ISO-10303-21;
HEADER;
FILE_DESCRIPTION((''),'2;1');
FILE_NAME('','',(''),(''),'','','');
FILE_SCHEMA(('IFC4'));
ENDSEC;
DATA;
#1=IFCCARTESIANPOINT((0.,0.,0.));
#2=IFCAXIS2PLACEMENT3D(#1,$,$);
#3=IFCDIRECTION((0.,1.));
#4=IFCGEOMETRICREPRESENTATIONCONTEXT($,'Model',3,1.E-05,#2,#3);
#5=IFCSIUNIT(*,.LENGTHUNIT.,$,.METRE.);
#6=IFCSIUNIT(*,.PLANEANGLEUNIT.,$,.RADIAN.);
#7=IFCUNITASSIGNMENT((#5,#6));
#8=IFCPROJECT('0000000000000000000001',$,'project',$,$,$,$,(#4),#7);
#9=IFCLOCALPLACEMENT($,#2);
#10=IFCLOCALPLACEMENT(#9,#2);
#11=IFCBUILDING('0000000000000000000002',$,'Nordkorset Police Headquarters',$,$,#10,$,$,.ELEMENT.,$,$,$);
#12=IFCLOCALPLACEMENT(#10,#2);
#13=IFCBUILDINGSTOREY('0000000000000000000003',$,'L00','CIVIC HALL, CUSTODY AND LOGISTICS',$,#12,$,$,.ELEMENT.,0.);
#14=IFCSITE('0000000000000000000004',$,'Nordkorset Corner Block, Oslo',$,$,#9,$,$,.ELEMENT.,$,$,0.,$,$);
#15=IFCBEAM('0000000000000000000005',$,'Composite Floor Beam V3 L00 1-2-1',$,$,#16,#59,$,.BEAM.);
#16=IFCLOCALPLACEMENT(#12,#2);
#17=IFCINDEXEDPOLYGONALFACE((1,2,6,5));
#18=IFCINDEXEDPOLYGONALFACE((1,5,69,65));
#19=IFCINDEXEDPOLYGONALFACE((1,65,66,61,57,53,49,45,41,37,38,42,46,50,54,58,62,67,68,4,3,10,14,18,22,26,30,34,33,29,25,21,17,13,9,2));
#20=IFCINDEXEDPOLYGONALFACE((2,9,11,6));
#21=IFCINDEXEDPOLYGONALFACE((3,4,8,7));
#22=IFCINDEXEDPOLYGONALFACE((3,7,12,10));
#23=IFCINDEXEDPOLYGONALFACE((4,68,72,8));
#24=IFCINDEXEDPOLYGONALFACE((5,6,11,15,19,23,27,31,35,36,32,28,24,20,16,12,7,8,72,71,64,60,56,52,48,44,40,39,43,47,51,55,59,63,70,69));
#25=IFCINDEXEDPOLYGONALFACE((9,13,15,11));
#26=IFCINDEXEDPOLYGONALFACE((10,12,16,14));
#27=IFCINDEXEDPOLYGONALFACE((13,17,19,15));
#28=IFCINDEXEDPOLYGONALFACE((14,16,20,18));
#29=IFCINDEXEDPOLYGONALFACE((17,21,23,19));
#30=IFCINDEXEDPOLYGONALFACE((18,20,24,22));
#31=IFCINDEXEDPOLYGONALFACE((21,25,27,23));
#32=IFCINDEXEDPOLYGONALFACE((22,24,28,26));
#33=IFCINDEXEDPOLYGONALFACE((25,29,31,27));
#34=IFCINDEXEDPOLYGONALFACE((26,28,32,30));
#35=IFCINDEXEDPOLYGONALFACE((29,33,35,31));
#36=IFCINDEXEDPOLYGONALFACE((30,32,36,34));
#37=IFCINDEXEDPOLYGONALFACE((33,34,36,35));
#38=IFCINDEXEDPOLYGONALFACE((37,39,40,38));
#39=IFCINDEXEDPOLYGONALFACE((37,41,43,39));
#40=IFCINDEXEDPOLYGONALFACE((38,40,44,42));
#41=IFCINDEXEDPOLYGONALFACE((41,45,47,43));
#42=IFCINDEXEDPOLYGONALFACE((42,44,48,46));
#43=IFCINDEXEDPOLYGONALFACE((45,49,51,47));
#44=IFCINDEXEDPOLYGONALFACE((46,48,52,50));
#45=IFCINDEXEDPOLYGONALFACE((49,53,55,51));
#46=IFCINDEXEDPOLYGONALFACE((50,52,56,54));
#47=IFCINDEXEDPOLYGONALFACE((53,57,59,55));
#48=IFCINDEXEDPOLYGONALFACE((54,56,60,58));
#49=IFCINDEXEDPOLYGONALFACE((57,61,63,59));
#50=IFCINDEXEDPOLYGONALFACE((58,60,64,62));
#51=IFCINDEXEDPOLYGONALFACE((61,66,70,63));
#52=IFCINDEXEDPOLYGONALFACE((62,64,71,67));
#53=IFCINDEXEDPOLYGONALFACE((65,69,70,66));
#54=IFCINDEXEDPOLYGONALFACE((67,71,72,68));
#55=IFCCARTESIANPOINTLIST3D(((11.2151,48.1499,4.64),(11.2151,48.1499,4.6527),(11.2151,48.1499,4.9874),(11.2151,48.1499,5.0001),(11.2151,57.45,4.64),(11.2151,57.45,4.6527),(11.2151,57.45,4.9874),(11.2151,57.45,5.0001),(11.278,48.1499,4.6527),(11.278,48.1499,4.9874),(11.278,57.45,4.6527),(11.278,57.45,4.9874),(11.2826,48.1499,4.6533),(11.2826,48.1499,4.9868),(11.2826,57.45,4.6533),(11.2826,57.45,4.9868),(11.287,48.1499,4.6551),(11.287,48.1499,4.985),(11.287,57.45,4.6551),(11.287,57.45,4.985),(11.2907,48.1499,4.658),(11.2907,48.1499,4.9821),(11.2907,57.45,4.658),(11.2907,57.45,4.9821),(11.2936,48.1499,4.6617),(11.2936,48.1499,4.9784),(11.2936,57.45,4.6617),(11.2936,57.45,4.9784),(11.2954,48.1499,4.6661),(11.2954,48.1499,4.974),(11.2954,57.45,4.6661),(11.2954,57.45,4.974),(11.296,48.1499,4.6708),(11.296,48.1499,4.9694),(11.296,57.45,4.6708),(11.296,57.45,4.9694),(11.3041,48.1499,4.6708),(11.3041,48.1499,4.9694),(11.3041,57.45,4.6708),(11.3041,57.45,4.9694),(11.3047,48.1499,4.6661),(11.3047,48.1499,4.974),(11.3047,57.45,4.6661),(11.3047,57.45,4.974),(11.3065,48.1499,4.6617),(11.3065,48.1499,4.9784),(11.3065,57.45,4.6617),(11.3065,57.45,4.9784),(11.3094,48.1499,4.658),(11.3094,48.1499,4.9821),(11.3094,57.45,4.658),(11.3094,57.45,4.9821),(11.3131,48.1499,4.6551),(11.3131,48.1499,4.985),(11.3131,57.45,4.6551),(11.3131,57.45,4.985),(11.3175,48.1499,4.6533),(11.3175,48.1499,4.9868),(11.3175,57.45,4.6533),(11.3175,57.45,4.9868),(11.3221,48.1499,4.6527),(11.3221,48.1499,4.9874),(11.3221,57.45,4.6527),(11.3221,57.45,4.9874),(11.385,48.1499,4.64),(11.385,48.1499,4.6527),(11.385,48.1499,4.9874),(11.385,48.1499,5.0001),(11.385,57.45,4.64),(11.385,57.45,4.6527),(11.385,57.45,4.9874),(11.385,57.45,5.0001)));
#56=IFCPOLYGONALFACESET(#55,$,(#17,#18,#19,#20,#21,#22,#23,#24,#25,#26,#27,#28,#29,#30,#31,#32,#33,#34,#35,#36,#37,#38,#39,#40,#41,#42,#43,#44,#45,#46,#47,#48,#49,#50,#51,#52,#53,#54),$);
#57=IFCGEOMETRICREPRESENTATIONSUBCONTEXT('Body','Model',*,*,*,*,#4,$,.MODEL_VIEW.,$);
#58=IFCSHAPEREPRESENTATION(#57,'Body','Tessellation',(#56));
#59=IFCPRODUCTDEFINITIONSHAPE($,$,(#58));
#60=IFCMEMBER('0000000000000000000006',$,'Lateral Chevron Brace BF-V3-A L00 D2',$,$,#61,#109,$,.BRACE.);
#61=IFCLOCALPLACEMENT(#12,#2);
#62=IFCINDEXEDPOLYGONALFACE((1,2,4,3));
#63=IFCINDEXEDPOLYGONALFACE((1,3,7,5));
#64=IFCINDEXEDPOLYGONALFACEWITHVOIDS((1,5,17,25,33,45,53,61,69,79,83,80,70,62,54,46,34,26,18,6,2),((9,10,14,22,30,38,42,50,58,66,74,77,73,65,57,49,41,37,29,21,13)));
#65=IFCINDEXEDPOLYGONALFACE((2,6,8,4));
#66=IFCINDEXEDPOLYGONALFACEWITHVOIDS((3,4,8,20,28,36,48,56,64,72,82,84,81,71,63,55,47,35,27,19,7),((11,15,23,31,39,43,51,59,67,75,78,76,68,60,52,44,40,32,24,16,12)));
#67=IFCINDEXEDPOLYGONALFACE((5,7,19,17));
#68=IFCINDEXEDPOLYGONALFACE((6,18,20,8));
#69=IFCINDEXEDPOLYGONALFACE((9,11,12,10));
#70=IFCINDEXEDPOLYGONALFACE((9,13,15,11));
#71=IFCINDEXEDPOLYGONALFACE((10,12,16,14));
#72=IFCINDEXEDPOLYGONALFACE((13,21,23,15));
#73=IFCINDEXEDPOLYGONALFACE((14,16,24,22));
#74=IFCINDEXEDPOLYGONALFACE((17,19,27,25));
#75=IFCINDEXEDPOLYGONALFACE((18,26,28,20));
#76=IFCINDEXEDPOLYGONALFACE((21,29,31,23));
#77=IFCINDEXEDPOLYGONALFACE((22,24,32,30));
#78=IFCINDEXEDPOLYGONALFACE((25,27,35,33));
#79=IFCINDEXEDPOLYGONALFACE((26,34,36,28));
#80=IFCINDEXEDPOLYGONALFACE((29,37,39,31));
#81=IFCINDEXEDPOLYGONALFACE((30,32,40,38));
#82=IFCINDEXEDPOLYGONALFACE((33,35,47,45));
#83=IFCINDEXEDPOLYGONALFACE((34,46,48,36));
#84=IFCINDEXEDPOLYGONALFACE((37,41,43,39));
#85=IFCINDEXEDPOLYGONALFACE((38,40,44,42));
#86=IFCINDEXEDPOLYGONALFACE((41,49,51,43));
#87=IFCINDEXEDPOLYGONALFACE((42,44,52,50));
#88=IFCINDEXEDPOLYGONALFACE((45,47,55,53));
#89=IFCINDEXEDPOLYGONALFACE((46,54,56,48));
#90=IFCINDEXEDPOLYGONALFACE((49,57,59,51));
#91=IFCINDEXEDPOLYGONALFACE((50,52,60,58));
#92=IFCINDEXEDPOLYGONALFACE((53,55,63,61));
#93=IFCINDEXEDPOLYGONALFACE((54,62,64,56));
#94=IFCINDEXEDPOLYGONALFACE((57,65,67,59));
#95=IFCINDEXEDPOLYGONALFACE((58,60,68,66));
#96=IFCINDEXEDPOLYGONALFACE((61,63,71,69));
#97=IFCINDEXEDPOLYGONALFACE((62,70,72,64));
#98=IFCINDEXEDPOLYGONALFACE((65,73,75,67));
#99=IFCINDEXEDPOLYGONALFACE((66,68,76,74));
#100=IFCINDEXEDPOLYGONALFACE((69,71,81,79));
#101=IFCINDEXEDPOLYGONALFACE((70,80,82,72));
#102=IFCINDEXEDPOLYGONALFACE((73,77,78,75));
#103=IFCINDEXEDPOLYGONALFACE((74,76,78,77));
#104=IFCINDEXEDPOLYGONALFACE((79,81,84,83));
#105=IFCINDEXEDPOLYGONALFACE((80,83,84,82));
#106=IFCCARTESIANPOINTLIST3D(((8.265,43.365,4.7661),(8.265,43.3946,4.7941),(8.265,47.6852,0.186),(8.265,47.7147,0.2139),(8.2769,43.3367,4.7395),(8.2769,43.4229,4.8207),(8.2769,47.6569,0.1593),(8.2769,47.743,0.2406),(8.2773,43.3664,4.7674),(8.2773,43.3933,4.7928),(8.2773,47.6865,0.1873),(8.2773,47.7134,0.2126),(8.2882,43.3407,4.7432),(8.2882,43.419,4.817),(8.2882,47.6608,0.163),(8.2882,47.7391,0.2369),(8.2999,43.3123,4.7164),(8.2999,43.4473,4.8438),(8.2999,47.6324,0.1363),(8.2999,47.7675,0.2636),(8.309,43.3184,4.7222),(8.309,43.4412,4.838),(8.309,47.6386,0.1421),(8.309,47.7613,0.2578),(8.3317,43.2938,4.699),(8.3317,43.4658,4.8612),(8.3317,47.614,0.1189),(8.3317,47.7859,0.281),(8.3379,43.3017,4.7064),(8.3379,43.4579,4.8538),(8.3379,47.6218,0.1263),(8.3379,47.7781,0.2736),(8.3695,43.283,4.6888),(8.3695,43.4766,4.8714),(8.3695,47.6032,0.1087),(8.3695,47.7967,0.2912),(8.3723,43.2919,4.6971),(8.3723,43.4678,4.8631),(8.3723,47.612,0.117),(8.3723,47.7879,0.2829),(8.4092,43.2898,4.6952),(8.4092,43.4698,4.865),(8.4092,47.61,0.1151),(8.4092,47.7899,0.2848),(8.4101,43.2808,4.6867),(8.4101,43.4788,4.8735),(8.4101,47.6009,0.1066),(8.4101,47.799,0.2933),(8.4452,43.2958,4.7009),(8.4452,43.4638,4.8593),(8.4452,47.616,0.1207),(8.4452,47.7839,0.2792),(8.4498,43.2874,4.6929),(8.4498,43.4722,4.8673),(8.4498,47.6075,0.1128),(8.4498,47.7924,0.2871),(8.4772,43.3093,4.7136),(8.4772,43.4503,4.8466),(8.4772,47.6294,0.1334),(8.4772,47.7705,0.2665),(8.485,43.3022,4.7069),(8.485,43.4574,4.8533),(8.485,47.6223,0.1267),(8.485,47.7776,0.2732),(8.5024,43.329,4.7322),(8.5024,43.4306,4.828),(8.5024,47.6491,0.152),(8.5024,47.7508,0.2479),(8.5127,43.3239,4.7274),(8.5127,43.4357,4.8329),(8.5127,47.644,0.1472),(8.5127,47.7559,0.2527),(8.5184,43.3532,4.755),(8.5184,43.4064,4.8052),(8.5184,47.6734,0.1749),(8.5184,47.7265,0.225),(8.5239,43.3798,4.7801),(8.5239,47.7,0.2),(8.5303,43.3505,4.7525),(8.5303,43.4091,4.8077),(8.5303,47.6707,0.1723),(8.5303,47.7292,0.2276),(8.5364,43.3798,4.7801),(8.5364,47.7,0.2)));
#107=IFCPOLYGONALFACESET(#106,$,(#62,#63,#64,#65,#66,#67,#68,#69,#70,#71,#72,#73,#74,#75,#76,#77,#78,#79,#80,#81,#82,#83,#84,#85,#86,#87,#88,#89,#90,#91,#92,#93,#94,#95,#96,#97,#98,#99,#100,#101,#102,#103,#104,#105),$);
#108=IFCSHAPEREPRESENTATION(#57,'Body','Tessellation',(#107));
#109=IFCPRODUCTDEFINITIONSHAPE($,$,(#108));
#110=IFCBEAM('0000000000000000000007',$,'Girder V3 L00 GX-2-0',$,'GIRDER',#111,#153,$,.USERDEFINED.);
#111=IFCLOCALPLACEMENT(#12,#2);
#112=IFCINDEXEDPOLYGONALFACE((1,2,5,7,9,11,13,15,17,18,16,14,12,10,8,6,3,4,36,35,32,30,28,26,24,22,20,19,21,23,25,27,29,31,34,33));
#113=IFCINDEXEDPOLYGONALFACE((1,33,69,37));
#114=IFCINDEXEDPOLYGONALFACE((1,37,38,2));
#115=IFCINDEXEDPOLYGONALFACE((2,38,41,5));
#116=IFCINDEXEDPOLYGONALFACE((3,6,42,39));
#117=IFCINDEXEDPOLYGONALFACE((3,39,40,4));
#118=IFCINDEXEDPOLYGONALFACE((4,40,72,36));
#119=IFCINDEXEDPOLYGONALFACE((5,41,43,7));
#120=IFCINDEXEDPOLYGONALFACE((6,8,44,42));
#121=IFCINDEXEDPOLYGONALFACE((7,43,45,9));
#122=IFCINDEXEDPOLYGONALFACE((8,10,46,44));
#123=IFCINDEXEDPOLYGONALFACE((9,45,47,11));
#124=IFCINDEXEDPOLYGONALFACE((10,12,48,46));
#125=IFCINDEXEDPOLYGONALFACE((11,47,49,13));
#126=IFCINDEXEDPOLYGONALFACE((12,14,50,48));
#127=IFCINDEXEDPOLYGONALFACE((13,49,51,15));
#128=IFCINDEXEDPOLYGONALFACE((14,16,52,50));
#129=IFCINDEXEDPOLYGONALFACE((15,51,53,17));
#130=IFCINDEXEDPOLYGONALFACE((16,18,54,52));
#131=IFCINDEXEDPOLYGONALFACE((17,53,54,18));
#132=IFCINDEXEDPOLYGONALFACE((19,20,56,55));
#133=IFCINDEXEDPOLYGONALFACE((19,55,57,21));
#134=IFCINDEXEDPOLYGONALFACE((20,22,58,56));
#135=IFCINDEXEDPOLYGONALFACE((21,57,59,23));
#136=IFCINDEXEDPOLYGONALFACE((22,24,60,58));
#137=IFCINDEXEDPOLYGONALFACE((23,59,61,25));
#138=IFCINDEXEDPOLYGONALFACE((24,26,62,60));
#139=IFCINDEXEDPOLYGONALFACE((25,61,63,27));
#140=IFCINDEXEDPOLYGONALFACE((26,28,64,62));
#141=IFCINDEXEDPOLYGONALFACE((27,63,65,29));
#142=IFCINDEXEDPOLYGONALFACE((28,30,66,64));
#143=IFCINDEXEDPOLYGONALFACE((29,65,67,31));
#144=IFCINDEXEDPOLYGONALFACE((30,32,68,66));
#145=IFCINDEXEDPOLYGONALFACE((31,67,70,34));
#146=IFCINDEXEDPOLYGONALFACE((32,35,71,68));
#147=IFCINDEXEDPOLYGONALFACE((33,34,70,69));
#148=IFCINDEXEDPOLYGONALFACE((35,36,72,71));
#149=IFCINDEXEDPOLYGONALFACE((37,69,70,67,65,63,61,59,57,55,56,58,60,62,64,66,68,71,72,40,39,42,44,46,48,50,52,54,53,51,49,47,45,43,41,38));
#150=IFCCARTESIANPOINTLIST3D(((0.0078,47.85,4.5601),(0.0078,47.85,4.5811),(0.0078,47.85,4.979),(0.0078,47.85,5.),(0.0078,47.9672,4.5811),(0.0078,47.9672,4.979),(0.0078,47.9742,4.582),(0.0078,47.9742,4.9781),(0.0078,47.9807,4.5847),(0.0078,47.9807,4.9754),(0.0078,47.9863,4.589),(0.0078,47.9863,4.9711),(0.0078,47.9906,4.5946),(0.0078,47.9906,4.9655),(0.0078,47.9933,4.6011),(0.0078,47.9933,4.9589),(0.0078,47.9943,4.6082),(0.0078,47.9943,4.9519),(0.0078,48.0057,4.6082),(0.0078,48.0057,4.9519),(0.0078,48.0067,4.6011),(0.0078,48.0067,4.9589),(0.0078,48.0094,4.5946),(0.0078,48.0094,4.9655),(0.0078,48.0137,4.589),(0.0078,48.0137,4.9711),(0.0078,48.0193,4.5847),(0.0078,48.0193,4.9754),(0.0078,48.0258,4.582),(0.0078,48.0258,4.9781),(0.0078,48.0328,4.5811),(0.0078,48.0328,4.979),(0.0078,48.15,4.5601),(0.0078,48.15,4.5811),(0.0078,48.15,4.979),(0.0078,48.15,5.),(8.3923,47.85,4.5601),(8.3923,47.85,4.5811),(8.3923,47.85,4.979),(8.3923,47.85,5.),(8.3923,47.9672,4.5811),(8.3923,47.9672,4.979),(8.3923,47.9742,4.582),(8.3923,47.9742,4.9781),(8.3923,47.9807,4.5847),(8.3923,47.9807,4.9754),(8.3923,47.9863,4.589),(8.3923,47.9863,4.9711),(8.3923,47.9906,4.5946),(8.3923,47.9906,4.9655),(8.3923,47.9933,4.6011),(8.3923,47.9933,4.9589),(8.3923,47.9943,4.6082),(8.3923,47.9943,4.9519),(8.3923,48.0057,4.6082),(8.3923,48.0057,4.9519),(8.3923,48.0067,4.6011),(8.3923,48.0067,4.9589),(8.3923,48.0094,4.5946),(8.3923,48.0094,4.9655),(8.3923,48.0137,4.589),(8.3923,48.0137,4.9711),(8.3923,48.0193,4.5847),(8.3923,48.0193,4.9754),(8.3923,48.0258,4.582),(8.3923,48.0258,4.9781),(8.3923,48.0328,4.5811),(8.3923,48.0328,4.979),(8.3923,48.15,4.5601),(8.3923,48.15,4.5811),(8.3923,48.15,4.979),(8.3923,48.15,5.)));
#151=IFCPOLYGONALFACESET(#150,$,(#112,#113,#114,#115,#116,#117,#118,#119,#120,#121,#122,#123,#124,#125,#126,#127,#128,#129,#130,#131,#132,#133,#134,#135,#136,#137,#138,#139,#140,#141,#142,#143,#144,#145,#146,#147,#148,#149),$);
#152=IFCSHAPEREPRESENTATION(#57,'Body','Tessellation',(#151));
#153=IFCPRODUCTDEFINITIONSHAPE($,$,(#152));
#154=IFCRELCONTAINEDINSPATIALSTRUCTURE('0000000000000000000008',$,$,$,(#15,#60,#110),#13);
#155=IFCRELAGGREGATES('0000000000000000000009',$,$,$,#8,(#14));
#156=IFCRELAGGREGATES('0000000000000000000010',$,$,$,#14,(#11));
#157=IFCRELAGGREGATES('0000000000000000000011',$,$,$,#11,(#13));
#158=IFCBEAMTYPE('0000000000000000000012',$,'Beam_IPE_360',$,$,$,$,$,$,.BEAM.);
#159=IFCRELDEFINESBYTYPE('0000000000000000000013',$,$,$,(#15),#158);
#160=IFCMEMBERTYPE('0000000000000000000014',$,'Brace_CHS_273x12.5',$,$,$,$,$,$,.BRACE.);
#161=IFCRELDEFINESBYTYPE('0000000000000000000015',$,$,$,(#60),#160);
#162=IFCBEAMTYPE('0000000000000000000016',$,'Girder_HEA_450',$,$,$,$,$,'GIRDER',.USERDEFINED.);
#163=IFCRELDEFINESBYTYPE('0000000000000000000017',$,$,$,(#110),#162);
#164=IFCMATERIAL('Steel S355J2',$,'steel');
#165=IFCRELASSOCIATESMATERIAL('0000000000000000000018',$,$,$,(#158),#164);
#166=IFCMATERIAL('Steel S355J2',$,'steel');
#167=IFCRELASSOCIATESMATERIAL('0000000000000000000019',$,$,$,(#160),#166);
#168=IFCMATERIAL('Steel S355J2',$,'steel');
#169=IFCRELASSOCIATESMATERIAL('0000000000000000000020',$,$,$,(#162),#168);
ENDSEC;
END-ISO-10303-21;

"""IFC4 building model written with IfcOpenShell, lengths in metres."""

from ifc_helpers import new_model, si_unit, direction, frame, origin, origin_2d, place, context, subcontext, project, spatial, hollow_circle, i_section, extrude, material, material_profile, profile_set, type_object, element, save


model = new_model("IFC4")

# Units and contexts
model_context = context("Model", 3, precision=1e-05, world=origin(), true_north=direction((0.0, 1.0)))
body_context = subcontext(model_context, "Body", "Model", "MODEL_VIEW")
ifc_project = project(units=[si_unit("LENGTHUNIT", "METRE"), si_unit("PLANEANGLEUNIT", "RADIAN")], contexts=[model_context])

# Site, building, storey
site_placement = place(None, origin())
site = spatial("IfcSite", under=ifc_project, at=site_placement, Name="Nordkorset Corner Block, Oslo", CompositionType="ELEMENT", RefElevation=0.0)
building_placement = place(site_placement, origin())
building = spatial("IfcBuilding", under=site, at=building_placement, Name="Nordkorset Police Headquarters", CompositionType="ELEMENT")
storey_placement = place(building_placement, origin())
storey = spatial("IfcBuildingStorey", under=building, at=storey_placement, Name="L00", Description="CIVIC HALL, CUSTODY AND LOGISTICS", CompositionType="ELEMENT", Elevation=0.0)

# Beam
ifc_material_1 = material(Name="Steel S355J2", Category="steel")
ifc_material_profile_1 = material_profile(ifc_material_1, i_section(OverallWidth=0.1699, OverallDepth=0.3601, WebThickness=0.0081, FlangeThickness=0.0127, FilletRadius=0.0181, at=origin_2d()), Name="IPE 360")
ifc_profile_set_1 = profile_set([ifc_material_profile_1], Name="Steel S355J2")
beam_type_1 = type_object("IfcBeamType", Name="Beam_IPE_360", PredefinedType="BEAM", material=ifc_profile_set_1)
for number, where, z_axis, x_axis, name in (
    (1, (11.3, 48.1499, 4.8201), (0.0, 1.0, 0.0), (-1.0, 0.0, 0.0), "Composite Floor Beam V3 L00 1-2-1"),
):
    element("IfcBeam", number, at=place(storey_placement, frame(where, z_axis=z_axis, x_axis=x_axis)), inside=storey, type_object=beam_type_1, Name=name, PredefinedType="BEAM", context=body_context, shape_type="SweptSolid", body=[
        extrude(i_section(OverallWidth=0.1699, OverallDepth=0.3601, WebThickness=0.0081, FlangeThickness=0.0127, FilletRadius=0.0181, at=origin_2d()), origin(), (0.0, 0.0, 1.0), 9.3),
    ])

# Member
ifc_material_2 = material(Name="Steel S355J2", Category="steel")
ifc_material_profile_2 = material_profile(ifc_material_2, hollow_circle(Radius=0.1365, WallThickness=0.0125, at=origin_2d()), Name="CHS 273x12.5")
ifc_profile_set_2 = profile_set([ifc_material_profile_2], Name="Steel S355J2")
member_type = type_object("IfcMemberType", Name="Brace_CHS_273x12.5", PredefinedType="BRACE", material=ifc_profile_set_2)
member_placement = place(storey_placement, frame((8.3999, 47.7, 0.2), z_axis=(0.0, -0.686157, 0.727454), x_axis=(1.0, 0.0, 0.0)))
element("IfcMember", 2, at=member_placement, inside=storey, type_object=member_type, Name="Lateral Chevron Brace BF-V3-A L00 D2", PredefinedType="BRACE", context=body_context, shape_type="SweptSolid", body=[
    extrude(hollow_circle(Radius=0.1365, WallThickness=0.0125, at=origin_2d()), origin(), (0.0, 0.0, 1.0), 6.2961),
])

# Beam
ifc_material_3 = material(Name="Steel S355J2", Category="steel")
ifc_material_profile_3 = material_profile(ifc_material_3, i_section(OverallWidth=0.3, OverallDepth=0.4399, WebThickness=0.0115, FlangeThickness=0.021, FilletRadius=0.0271, at=origin_2d()), Name="HEA 450")
ifc_profile_set_3 = profile_set([ifc_material_profile_3], Name="Steel S355J2")
beam_type_2 = type_object("IfcBeamType", Name="Girder_HEA_450", ElementType="GIRDER", PredefinedType="USERDEFINED", material=ifc_profile_set_3)
beam_1_placement = place(storey_placement, frame((0.0078, 48.0, 4.78), z_axis=(1.0, 0.0, 0.0), x_axis=(0.0, 1.0, 0.0)))
element("IfcBeam", 3, at=beam_1_placement, inside=storey, type_object=beam_type_2, Name="Girder V3 L00 GX-2-0", ObjectType="GIRDER", PredefinedType="USERDEFINED", context=body_context, shape_type="SweptSolid", body=[
    extrude(i_section(OverallWidth=0.3, OverallDepth=0.4399, WebThickness=0.0115, FlangeThickness=0.021, FilletRadius=0.0271, at=origin_2d()), origin(), (0.0, 0.0, 1.0), 8.3845),
])

save(model, "model.ifc")
